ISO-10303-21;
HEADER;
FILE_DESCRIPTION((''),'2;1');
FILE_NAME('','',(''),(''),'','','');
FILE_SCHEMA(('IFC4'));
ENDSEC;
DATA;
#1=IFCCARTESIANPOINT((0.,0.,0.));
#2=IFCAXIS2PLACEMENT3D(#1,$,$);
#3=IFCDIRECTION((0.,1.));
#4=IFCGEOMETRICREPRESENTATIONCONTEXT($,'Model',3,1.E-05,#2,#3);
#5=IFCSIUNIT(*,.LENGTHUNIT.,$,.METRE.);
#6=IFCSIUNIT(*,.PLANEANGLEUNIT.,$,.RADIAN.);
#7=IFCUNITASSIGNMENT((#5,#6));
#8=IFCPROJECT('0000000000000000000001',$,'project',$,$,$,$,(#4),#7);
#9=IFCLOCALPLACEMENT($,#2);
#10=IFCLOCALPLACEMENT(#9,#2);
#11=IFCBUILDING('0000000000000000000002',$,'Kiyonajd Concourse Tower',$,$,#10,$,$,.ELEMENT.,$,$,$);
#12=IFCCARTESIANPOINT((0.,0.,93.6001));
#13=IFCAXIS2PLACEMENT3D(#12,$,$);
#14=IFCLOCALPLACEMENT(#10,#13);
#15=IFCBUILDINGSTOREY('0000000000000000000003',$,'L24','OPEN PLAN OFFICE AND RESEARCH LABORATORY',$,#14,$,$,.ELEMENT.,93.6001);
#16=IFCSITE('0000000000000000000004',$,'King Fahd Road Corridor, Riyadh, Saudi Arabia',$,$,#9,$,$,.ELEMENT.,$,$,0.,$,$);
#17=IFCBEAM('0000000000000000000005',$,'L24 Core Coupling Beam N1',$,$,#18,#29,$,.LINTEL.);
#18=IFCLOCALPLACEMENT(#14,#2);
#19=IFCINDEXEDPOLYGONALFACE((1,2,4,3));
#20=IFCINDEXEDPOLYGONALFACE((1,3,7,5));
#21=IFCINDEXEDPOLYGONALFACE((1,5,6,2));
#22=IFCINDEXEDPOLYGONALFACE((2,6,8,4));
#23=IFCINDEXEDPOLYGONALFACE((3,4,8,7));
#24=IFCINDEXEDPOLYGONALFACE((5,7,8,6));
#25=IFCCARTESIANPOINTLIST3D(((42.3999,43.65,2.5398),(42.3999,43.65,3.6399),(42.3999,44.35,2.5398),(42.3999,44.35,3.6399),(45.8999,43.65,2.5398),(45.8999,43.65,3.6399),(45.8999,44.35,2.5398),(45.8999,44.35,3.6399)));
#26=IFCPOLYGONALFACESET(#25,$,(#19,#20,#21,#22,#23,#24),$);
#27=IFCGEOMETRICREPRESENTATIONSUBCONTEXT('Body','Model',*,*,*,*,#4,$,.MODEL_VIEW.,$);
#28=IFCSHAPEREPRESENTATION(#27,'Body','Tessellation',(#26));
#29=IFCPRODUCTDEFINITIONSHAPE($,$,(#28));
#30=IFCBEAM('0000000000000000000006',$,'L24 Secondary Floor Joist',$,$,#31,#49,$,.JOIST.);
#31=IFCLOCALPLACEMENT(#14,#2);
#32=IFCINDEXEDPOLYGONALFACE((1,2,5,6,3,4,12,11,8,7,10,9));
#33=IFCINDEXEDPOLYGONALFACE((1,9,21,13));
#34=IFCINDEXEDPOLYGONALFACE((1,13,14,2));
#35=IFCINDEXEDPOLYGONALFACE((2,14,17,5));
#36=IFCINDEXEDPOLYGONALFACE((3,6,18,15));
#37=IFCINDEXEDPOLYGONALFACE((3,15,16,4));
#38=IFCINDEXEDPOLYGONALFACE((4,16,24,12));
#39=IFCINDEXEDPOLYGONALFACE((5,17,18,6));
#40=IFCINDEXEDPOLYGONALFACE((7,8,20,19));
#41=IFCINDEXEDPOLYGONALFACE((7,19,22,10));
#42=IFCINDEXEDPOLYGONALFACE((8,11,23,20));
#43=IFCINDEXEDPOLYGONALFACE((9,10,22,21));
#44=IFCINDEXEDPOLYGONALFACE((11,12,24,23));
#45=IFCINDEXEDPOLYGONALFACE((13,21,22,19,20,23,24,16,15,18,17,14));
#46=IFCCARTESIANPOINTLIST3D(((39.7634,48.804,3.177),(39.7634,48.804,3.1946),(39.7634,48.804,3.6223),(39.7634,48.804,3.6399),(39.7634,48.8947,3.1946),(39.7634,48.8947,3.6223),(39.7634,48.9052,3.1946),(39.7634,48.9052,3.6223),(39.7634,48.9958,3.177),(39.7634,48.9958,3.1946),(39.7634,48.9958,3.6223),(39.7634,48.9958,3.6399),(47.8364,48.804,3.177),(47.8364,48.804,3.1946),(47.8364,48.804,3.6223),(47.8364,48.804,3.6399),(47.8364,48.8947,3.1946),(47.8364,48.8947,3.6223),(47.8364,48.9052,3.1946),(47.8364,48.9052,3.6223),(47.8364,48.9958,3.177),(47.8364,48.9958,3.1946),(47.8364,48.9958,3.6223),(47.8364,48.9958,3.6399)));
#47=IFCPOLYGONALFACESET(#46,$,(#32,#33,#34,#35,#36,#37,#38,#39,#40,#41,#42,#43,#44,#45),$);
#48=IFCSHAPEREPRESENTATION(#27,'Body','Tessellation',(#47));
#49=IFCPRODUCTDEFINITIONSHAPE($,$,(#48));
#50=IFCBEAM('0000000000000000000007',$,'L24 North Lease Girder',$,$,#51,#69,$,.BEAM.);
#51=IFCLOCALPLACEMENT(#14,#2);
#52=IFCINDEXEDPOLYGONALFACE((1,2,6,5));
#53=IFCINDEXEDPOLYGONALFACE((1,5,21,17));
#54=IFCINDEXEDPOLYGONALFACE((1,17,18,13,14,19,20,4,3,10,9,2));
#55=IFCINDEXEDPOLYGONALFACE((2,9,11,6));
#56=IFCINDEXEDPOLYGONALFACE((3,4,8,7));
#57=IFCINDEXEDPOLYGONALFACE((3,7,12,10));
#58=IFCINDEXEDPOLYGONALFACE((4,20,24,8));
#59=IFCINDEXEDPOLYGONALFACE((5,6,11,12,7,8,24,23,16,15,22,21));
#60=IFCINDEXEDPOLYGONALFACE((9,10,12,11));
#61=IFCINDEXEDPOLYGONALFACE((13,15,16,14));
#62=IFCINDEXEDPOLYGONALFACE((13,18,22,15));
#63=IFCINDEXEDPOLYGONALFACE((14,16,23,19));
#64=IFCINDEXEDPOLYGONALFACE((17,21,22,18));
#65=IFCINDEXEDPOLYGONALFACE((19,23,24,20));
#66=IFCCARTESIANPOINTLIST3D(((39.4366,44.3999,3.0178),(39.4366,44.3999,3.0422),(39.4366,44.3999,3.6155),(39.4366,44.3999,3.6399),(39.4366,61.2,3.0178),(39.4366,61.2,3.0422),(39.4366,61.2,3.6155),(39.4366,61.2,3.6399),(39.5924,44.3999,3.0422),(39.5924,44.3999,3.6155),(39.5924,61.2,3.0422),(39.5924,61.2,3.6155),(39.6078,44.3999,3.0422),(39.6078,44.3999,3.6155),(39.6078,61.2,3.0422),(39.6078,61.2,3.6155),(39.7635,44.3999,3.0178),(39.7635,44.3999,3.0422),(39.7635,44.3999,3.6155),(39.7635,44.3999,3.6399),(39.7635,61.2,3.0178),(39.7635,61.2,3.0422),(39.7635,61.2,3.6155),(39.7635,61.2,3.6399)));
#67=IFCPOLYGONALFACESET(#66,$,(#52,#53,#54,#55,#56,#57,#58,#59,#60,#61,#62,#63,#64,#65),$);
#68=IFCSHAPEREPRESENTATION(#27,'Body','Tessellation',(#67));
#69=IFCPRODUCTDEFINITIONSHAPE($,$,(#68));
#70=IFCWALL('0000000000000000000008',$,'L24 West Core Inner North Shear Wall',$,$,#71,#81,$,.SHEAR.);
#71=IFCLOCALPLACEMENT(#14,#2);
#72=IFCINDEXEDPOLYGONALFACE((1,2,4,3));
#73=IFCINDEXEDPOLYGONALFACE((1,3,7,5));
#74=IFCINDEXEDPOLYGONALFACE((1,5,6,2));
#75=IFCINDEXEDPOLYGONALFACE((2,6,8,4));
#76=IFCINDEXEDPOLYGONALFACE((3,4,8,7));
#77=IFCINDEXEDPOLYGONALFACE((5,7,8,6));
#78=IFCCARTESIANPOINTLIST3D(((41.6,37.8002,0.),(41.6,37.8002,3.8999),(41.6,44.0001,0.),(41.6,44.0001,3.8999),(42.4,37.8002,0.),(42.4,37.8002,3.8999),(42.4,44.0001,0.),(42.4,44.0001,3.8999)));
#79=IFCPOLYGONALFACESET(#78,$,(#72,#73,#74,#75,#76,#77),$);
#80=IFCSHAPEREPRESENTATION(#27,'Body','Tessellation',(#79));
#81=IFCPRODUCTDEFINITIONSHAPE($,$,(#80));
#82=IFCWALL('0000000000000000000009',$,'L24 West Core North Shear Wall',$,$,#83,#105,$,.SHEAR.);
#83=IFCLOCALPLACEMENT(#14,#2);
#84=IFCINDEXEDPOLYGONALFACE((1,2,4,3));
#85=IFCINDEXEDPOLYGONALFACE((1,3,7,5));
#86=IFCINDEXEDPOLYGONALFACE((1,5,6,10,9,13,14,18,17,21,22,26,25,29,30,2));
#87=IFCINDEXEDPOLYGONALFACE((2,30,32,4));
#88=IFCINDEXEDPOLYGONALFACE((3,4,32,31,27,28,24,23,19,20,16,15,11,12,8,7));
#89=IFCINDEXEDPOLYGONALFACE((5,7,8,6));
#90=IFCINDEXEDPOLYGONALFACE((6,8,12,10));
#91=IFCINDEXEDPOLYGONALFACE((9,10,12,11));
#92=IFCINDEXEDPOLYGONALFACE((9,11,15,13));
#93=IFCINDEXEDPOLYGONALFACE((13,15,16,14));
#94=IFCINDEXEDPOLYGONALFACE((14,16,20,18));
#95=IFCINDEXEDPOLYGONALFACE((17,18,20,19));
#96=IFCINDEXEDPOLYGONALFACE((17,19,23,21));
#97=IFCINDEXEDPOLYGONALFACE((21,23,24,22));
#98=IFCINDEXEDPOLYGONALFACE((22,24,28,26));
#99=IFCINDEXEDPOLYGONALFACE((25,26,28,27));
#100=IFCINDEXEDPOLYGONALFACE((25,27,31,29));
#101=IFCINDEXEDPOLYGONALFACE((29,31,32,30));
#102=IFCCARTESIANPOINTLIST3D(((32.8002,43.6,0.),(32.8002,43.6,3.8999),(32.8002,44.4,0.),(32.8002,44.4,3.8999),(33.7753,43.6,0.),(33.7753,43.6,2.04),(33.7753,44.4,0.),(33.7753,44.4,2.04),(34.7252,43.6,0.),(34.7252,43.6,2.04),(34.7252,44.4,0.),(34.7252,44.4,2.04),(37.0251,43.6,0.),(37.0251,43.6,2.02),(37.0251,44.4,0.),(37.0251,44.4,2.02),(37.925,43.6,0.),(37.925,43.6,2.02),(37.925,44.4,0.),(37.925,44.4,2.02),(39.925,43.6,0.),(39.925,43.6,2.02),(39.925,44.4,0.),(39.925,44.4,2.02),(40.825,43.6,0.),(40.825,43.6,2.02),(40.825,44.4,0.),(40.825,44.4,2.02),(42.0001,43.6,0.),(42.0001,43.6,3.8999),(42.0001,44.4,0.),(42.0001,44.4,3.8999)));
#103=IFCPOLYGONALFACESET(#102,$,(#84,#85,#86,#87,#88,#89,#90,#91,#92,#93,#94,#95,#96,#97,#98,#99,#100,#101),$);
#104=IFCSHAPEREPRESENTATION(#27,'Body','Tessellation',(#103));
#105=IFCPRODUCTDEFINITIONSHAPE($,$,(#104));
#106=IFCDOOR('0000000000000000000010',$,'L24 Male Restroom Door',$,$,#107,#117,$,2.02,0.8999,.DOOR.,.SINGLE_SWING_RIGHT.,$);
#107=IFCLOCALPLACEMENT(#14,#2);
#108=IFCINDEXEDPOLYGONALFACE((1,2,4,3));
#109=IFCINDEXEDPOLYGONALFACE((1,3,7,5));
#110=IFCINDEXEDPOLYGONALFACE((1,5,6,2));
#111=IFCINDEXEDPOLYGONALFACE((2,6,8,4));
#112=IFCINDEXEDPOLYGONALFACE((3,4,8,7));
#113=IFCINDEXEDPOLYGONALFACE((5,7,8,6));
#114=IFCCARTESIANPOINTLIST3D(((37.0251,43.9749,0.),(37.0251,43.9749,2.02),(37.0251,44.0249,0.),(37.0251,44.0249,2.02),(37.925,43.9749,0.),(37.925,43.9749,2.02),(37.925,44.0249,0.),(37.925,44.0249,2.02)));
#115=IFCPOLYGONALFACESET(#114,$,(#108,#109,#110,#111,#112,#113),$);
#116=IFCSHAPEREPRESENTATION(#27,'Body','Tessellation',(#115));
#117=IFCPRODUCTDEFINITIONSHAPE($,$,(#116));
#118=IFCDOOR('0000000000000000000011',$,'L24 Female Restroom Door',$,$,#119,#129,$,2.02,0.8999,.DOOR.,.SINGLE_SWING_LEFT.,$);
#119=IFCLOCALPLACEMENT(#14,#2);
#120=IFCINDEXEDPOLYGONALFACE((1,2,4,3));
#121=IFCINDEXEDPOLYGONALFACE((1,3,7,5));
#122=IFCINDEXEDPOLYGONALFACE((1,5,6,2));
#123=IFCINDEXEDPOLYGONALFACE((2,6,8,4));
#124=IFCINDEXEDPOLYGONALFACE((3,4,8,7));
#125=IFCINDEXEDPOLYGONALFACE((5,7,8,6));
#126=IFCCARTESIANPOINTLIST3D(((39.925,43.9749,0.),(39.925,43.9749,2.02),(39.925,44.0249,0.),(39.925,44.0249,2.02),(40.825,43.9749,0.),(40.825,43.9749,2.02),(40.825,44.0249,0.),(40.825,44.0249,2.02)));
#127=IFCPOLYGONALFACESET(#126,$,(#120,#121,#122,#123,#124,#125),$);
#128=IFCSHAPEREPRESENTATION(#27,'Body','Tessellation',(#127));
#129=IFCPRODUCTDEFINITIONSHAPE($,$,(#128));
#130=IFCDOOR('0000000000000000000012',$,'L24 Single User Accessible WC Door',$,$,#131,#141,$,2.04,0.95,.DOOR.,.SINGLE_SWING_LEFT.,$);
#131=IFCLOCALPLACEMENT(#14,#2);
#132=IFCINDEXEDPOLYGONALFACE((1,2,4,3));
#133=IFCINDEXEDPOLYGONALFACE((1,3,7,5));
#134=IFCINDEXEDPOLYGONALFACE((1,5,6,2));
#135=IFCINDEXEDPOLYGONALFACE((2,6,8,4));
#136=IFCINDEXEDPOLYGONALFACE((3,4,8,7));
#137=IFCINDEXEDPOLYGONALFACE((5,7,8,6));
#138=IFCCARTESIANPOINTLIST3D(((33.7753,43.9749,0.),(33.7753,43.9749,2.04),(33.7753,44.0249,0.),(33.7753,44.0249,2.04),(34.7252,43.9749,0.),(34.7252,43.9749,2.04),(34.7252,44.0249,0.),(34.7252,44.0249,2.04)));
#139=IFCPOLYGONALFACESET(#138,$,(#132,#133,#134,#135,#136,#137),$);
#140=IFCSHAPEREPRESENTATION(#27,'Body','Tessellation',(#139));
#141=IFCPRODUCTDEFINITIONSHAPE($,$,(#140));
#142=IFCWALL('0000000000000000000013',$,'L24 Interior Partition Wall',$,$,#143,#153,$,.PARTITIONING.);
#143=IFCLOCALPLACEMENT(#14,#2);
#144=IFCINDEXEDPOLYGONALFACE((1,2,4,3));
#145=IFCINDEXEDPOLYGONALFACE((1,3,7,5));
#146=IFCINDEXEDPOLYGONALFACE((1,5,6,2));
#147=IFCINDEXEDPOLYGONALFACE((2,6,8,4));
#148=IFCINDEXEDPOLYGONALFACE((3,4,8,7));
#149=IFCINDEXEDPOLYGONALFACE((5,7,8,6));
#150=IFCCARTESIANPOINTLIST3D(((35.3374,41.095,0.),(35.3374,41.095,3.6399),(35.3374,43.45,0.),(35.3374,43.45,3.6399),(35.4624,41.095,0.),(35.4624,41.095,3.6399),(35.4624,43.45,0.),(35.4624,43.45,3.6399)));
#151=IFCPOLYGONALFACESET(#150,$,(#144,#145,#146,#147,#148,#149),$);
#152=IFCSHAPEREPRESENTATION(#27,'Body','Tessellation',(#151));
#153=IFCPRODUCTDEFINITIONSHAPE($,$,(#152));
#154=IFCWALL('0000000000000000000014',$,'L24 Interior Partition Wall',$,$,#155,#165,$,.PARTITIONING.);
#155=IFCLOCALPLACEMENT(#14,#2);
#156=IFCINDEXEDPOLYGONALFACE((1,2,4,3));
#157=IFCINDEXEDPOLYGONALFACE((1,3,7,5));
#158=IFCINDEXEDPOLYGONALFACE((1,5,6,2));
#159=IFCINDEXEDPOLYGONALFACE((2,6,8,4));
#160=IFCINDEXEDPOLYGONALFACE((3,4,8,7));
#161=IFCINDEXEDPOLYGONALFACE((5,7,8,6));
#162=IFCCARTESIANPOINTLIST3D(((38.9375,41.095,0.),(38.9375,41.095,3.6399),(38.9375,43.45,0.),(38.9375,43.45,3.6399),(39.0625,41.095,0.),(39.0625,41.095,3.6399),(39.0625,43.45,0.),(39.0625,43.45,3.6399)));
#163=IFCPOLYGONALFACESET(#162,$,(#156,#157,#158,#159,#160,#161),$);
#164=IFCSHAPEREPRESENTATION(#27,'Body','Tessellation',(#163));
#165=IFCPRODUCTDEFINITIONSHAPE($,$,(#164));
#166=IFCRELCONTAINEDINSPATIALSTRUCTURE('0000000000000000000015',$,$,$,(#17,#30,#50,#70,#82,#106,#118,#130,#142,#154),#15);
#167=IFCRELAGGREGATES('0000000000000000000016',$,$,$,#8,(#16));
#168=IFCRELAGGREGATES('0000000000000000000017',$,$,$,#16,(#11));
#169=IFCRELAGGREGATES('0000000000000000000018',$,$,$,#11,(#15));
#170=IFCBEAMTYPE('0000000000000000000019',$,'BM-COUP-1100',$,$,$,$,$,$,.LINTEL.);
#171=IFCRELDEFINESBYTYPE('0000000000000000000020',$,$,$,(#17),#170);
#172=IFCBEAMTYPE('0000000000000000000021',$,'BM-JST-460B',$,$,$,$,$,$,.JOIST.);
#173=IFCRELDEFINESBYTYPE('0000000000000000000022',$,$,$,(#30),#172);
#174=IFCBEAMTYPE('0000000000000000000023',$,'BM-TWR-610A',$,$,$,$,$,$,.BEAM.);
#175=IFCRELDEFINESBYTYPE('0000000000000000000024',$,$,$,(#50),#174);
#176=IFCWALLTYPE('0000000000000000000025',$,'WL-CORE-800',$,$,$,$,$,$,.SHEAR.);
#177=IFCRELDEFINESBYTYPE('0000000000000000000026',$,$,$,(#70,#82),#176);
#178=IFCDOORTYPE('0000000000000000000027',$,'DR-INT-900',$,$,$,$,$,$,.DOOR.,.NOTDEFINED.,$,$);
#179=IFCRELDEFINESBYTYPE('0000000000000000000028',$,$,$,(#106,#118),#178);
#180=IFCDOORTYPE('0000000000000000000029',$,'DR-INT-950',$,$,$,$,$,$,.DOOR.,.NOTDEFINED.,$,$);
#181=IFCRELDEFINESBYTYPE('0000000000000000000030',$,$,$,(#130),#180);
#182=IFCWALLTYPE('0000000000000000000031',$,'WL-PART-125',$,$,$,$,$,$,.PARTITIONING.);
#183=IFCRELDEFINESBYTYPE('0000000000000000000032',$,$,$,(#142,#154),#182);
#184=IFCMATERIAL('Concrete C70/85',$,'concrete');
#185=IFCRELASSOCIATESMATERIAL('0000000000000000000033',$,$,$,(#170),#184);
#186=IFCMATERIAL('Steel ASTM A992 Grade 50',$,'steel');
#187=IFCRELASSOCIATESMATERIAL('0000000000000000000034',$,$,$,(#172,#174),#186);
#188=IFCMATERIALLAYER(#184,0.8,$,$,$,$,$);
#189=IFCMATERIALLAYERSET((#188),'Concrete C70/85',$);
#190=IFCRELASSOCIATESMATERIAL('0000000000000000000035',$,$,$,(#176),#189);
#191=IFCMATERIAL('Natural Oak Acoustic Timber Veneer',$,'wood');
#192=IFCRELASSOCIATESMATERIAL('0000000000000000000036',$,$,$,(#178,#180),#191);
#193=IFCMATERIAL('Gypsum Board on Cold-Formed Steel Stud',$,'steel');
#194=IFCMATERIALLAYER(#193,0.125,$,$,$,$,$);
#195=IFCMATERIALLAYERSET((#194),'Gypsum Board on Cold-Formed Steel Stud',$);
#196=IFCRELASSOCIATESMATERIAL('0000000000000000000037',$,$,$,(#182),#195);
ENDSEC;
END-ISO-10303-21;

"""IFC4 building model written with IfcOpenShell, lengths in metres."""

from ifc_helpers import new_model, si_unit, direction, frame, frame_2d, origin, origin_2d, place, context, subcontext, project, spatial, rectangle, i_section, extrude, material, layer, layer_set, material_profile, profile_set, type_object, element, fill, save


model = new_model("IFC4")

# Units and contexts
model_context = context("Model", 3, precision=1e-05, world=origin(), true_north=direction((0.0, 1.0)))
body_context = subcontext(model_context, "Body", "Model", "MODEL_VIEW")
ifc_project = project(units=[si_unit("LENGTHUNIT", "METRE"), si_unit("PLANEANGLEUNIT", "RADIAN")], contexts=[model_context])

# Site, building, storey
site_placement = place(None, origin())
site = spatial("IfcSite", under=ifc_project, at=site_placement, Name="King Fahd Road Corridor, Riyadh, Saudi Arabia", CompositionType="ELEMENT", RefElevation=0.0)
building_placement = place(site_placement, origin())
building = spatial("IfcBuilding", under=site, at=building_placement, Name="Kiyonajd Concourse Tower", CompositionType="ELEMENT")
storey_placement = place(building_placement, frame((0.0, 0.0, 93.6001)))
storey = spatial("IfcBuildingStorey", under=building, at=storey_placement, Name="L24", Description="OPEN PLAN OFFICE AND RESEARCH LABORATORY", CompositionType="ELEMENT", Elevation=93.6001)

# Beams
ifc_material_1 = material(Name="Concrete C70/85", Category="concrete")
ifc_material_profile_1 = material_profile(ifc_material_1, rectangle(XDim=0.7, YDim=1.1001, at=origin_2d()), Name="RCBM-700x1100")
ifc_profile_set_1 = profile_set([ifc_material_profile_1], Name="Concrete C70/85")
beam_type_1 = type_object("IfcBeamType", Name="BM-COUP-1100", PredefinedType="LINTEL", material=ifc_profile_set_1)
beam_1_placement = place(storey_placement, frame((42.3999, 44.0, 3.0898), z_axis=(1.0, 0.0, 0.0), x_axis=(0.0, 1.0, 0.0)))
element("IfcBeam", 1, at=beam_1_placement, inside=storey, type_object=beam_type_1, Name="L24 Core Coupling Beam N1", PredefinedType="LINTEL", context=body_context, shape_type="SweptSolid", body=[
    extrude(rectangle(XDim=0.7, YDim=1.1001, at=origin_2d()), origin(), (0.0, 0.0, 1.0), 3.5),
])
ifc_material_2 = material(Name="Steel ASTM A992 Grade 50", Category="steel")
ifc_material_profile_2 = material_profile(ifc_material_2, i_section(OverallWidth=0.1919, OverallDepth=0.4629, WebThickness=0.0105, FlangeThickness=0.0176, at=origin_2d()), Name="W460X89")
ifc_profile_set_2 = profile_set([ifc_material_profile_2], Name="Steel ASTM A992 Grade 50")
beam_type_2 = type_object("IfcBeamType", Name="BM-JST-460B", PredefinedType="JOIST", material=ifc_profile_set_2)
beam_2_placement = place(storey_placement, frame((39.7634, 48.8999, 3.4084), z_axis=(1.0, 0.0, 0.0), x_axis=(0.0, 1.0, 0.0)))
element("IfcBeam", 2, at=beam_2_placement, inside=storey, type_object=beam_type_2, Name="L24 Secondary Floor Joist", PredefinedType="JOIST", context=body_context, shape_type="SweptSolid", body=[
    extrude(i_section(OverallWidth=0.1919, OverallDepth=0.4629, WebThickness=0.0105, FlangeThickness=0.0176, at=origin_2d()), origin(), (0.0, 0.0, 1.0), 8.073),
])
ifc_material_profile_3 = material_profile(ifc_material_2, i_section(OverallWidth=0.3269, OverallDepth=0.6221, WebThickness=0.0154, FlangeThickness=0.0244, at=origin_2d()), Name="W610X195")
ifc_profile_set_3 = profile_set([ifc_material_profile_3], Name="Steel ASTM A992 Grade 50")
beam_type_3 = type_object("IfcBeamType", Name="BM-TWR-610A", PredefinedType="BEAM", material=ifc_profile_set_3)
beam_3_placement = place(storey_placement, frame((39.6001, 44.3999, 3.3289), z_axis=(0.0, 1.0, 0.0), x_axis=(-1.0, 0.0, 0.0)))
element("IfcBeam", 3, at=beam_3_placement, inside=storey, type_object=beam_type_3, Name="L24 North Lease Girder", PredefinedType="BEAM", context=body_context, shape_type="SweptSolid", body=[
    extrude(i_section(OverallWidth=0.3269, OverallDepth=0.6221, WebThickness=0.0154, FlangeThickness=0.0244, at=origin_2d()), origin(), (0.0, 0.0, 1.0), 16.8),
])

# Wall
ifc_layer_1 = layer(ifc_material_1, 0.8)
ifc_layer_set_1 = layer_set([ifc_layer_1], Name="Concrete C70/85")
wall_type_1 = type_object("IfcWallType", Name="WL-CORE-800", PredefinedType="SHEAR", material=ifc_layer_set_1)
wall_1_placement = place(storey_placement, frame((42.0, 37.8, 0.0), z_axis=(0.0, 0.0, 1.0), x_axis=(0.0, 1.0, 0.0)))
element("IfcWall", 4, at=wall_1_placement, inside=storey, type_object=wall_type_1, Name="L24 West Core Inner North Shear Wall", PredefinedType="SHEAR", context=body_context, shape_type="SweptSolid", body=[
    extrude(rectangle(XDim=6.2, YDim=0.8, at=frame_2d((3.1001, 0.0))), origin(), (0.0, 0.0, 1.0), 3.8999),
])

# Wall, openings, doors
wall_2_placement = place(storey_placement, frame((32.8, 44.0, 0.0), z_axis=(0.0, 0.0, 1.0), x_axis=(1.0, 0.0, 0.0)))
wall_2 = element("IfcWall", 5, at=wall_2_placement, inside=storey, type_object=wall_type_1, Name="L24 West Core North Shear Wall", PredefinedType="SHEAR", context=body_context, shape_type="SweptSolid", body=[
    extrude(rectangle(XDim=9.2, YDim=0.8, at=frame_2d((4.6001, 0.0))), origin(), (0.0, 0.0, 1.0), 3.8999),
])
opening_1_placement = place(wall_2_placement, frame((0.9751, 0.0, 0.0)))
opening_1 = element("IfcOpeningElement", 6, at=opening_1_placement, cuts=wall_2, PredefinedType="OPENING", context=body_context, shape_type="SweptSolid", body=[
    extrude(rectangle(XDim=0.95, YDim=2.04, at=frame_2d((0.4751, 1.02))), frame((0.0, 0.4099, 0.0), z_axis=(0.0, -1.0, 0.0), x_axis=(1.0, 0.0, 0.0)), (0.0, 0.0, 1.0), 0.8201),
])
opening_2_placement = place(wall_2_placement, frame((4.2251, 0.0, 0.0)))
opening_2 = element("IfcOpeningElement", 7, at=opening_2_placement, cuts=wall_2, PredefinedType="OPENING", context=body_context, shape_type="SweptSolid", body=[
    extrude(rectangle(XDim=0.8999, YDim=2.02, at=frame_2d((0.45, 1.01))), frame((0.0, 0.4099, 0.0), z_axis=(0.0, -1.0, 0.0), x_axis=(1.0, 0.0, 0.0)), (0.0, 0.0, 1.0), 0.8201),
])
opening_3_placement = place(wall_2_placement, frame((7.125, 0.0, 0.0)))
opening_3 = element("IfcOpeningElement", 8, at=opening_3_placement, cuts=wall_2, PredefinedType="OPENING", context=body_context, shape_type="SweptSolid", body=[
    extrude(rectangle(XDim=0.8999, YDim=2.02, at=frame_2d((0.45, 1.01))), frame((0.0, 0.4099, 0.0), z_axis=(0.0, -1.0, 0.0), x_axis=(1.0, 0.0, 0.0)), (0.0, 0.0, 1.0), 0.8201),
])
ifc_material_3 = material(Name="Natural Oak Acoustic Timber Veneer", Category="wood")
door_type_1 = type_object("IfcDoorType", Name="DR-INT-900", OperationType="NOTDEFINED", PredefinedType="DOOR", material=ifc_material_3)
door_1_placement = place(opening_2_placement, origin())
door_1 = element("IfcDoor", 9, at=door_1_placement, inside=storey, type_object=door_type_1, Name="L24 Male Restroom Door", OperationType="SINGLE_SWING_RIGHT", OverallHeight=2.02, OverallWidth=0.8999, PredefinedType="DOOR", context=body_context, shape_type="SweptSolid", body=[
    extrude(rectangle(XDim=0.8999, YDim=2.02, at=frame_2d((0.45, 1.01))), frame((0.0, 0.0249, 0.0), z_axis=(0.0, -1.0, 0.0), x_axis=(1.0, 0.0, 0.0)), (0.0, 0.0, 1.0), 0.05),
])
fill(opening_2, door_1)
door_2_placement = place(opening_3_placement, origin())
door_2 = element("IfcDoor", 10, at=door_2_placement, inside=storey, type_object=door_type_1, Name="L24 Female Restroom Door", OperationType="SINGLE_SWING_LEFT", OverallHeight=2.02, OverallWidth=0.8999, PredefinedType="DOOR", context=body_context, shape_type="SweptSolid", body=[
    extrude(rectangle(XDim=0.8999, YDim=2.02, at=frame_2d((0.45, 1.01))), frame((0.0, 0.0249, 0.0), z_axis=(0.0, -1.0, 0.0), x_axis=(1.0, 0.0, 0.0)), (0.0, 0.0, 1.0), 0.05),
])
fill(opening_3, door_2)
door_type_2 = type_object("IfcDoorType", Name="DR-INT-950", OperationType="NOTDEFINED", PredefinedType="DOOR", material=ifc_material_3)
door_3_placement = place(opening_1_placement, origin())
door_3 = element("IfcDoor", 11, at=door_3_placement, inside=storey, type_object=door_type_2, Name="L24 Single User Accessible WC Door", OperationType="SINGLE_SWING_LEFT", OverallHeight=2.04, OverallWidth=0.95, PredefinedType="DOOR", context=body_context, shape_type="SweptSolid", body=[
    extrude(rectangle(XDim=0.95, YDim=2.04, at=frame_2d((0.4751, 1.02))), frame((0.0, 0.0249, 0.0), z_axis=(0.0, -1.0, 0.0), x_axis=(1.0, 0.0, 0.0)), (0.0, 0.0, 1.0), 0.05),
])
fill(opening_1, door_3)

# Walls
ifc_material_4 = material(Name="Gypsum Board on Cold-Formed Steel Stud", Category="steel")
ifc_layer_2 = layer(ifc_material_4, 0.125)
ifc_layer_set_2 = layer_set([ifc_layer_2], Name="Gypsum Board on Cold-Formed Steel Stud")
wall_type_2 = type_object("IfcWallType", Name="WL-PART-125", PredefinedType="PARTITIONING", material=ifc_layer_set_2)
for number, where, z_axis, x_axis, name in (
    (12, (35.3999, 41.095, 0.0), (0.0, 0.0, 1.0), (0.0, 1.0, 0.0), "L24 Interior Partition Wall"),
    (13, (39.0, 41.095, 0.0), (0.0, 0.0, 1.0), (0.0, 1.0, 0.0), "L24 Interior Partition Wall"),
):
    element("IfcWall", number, at=place(storey_placement, frame(where, z_axis=z_axis, x_axis=x_axis)), inside=storey, type_object=wall_type_2, Name=name, PredefinedType="PARTITIONING", context=body_context, shape_type="SweptSolid", body=[
        extrude(rectangle(XDim=2.355, YDim=0.125, at=frame_2d((1.1775, 0.0))), origin(), (0.0, 0.0, 1.0), 3.6399),
    ])

save(model, "model.ifc")
